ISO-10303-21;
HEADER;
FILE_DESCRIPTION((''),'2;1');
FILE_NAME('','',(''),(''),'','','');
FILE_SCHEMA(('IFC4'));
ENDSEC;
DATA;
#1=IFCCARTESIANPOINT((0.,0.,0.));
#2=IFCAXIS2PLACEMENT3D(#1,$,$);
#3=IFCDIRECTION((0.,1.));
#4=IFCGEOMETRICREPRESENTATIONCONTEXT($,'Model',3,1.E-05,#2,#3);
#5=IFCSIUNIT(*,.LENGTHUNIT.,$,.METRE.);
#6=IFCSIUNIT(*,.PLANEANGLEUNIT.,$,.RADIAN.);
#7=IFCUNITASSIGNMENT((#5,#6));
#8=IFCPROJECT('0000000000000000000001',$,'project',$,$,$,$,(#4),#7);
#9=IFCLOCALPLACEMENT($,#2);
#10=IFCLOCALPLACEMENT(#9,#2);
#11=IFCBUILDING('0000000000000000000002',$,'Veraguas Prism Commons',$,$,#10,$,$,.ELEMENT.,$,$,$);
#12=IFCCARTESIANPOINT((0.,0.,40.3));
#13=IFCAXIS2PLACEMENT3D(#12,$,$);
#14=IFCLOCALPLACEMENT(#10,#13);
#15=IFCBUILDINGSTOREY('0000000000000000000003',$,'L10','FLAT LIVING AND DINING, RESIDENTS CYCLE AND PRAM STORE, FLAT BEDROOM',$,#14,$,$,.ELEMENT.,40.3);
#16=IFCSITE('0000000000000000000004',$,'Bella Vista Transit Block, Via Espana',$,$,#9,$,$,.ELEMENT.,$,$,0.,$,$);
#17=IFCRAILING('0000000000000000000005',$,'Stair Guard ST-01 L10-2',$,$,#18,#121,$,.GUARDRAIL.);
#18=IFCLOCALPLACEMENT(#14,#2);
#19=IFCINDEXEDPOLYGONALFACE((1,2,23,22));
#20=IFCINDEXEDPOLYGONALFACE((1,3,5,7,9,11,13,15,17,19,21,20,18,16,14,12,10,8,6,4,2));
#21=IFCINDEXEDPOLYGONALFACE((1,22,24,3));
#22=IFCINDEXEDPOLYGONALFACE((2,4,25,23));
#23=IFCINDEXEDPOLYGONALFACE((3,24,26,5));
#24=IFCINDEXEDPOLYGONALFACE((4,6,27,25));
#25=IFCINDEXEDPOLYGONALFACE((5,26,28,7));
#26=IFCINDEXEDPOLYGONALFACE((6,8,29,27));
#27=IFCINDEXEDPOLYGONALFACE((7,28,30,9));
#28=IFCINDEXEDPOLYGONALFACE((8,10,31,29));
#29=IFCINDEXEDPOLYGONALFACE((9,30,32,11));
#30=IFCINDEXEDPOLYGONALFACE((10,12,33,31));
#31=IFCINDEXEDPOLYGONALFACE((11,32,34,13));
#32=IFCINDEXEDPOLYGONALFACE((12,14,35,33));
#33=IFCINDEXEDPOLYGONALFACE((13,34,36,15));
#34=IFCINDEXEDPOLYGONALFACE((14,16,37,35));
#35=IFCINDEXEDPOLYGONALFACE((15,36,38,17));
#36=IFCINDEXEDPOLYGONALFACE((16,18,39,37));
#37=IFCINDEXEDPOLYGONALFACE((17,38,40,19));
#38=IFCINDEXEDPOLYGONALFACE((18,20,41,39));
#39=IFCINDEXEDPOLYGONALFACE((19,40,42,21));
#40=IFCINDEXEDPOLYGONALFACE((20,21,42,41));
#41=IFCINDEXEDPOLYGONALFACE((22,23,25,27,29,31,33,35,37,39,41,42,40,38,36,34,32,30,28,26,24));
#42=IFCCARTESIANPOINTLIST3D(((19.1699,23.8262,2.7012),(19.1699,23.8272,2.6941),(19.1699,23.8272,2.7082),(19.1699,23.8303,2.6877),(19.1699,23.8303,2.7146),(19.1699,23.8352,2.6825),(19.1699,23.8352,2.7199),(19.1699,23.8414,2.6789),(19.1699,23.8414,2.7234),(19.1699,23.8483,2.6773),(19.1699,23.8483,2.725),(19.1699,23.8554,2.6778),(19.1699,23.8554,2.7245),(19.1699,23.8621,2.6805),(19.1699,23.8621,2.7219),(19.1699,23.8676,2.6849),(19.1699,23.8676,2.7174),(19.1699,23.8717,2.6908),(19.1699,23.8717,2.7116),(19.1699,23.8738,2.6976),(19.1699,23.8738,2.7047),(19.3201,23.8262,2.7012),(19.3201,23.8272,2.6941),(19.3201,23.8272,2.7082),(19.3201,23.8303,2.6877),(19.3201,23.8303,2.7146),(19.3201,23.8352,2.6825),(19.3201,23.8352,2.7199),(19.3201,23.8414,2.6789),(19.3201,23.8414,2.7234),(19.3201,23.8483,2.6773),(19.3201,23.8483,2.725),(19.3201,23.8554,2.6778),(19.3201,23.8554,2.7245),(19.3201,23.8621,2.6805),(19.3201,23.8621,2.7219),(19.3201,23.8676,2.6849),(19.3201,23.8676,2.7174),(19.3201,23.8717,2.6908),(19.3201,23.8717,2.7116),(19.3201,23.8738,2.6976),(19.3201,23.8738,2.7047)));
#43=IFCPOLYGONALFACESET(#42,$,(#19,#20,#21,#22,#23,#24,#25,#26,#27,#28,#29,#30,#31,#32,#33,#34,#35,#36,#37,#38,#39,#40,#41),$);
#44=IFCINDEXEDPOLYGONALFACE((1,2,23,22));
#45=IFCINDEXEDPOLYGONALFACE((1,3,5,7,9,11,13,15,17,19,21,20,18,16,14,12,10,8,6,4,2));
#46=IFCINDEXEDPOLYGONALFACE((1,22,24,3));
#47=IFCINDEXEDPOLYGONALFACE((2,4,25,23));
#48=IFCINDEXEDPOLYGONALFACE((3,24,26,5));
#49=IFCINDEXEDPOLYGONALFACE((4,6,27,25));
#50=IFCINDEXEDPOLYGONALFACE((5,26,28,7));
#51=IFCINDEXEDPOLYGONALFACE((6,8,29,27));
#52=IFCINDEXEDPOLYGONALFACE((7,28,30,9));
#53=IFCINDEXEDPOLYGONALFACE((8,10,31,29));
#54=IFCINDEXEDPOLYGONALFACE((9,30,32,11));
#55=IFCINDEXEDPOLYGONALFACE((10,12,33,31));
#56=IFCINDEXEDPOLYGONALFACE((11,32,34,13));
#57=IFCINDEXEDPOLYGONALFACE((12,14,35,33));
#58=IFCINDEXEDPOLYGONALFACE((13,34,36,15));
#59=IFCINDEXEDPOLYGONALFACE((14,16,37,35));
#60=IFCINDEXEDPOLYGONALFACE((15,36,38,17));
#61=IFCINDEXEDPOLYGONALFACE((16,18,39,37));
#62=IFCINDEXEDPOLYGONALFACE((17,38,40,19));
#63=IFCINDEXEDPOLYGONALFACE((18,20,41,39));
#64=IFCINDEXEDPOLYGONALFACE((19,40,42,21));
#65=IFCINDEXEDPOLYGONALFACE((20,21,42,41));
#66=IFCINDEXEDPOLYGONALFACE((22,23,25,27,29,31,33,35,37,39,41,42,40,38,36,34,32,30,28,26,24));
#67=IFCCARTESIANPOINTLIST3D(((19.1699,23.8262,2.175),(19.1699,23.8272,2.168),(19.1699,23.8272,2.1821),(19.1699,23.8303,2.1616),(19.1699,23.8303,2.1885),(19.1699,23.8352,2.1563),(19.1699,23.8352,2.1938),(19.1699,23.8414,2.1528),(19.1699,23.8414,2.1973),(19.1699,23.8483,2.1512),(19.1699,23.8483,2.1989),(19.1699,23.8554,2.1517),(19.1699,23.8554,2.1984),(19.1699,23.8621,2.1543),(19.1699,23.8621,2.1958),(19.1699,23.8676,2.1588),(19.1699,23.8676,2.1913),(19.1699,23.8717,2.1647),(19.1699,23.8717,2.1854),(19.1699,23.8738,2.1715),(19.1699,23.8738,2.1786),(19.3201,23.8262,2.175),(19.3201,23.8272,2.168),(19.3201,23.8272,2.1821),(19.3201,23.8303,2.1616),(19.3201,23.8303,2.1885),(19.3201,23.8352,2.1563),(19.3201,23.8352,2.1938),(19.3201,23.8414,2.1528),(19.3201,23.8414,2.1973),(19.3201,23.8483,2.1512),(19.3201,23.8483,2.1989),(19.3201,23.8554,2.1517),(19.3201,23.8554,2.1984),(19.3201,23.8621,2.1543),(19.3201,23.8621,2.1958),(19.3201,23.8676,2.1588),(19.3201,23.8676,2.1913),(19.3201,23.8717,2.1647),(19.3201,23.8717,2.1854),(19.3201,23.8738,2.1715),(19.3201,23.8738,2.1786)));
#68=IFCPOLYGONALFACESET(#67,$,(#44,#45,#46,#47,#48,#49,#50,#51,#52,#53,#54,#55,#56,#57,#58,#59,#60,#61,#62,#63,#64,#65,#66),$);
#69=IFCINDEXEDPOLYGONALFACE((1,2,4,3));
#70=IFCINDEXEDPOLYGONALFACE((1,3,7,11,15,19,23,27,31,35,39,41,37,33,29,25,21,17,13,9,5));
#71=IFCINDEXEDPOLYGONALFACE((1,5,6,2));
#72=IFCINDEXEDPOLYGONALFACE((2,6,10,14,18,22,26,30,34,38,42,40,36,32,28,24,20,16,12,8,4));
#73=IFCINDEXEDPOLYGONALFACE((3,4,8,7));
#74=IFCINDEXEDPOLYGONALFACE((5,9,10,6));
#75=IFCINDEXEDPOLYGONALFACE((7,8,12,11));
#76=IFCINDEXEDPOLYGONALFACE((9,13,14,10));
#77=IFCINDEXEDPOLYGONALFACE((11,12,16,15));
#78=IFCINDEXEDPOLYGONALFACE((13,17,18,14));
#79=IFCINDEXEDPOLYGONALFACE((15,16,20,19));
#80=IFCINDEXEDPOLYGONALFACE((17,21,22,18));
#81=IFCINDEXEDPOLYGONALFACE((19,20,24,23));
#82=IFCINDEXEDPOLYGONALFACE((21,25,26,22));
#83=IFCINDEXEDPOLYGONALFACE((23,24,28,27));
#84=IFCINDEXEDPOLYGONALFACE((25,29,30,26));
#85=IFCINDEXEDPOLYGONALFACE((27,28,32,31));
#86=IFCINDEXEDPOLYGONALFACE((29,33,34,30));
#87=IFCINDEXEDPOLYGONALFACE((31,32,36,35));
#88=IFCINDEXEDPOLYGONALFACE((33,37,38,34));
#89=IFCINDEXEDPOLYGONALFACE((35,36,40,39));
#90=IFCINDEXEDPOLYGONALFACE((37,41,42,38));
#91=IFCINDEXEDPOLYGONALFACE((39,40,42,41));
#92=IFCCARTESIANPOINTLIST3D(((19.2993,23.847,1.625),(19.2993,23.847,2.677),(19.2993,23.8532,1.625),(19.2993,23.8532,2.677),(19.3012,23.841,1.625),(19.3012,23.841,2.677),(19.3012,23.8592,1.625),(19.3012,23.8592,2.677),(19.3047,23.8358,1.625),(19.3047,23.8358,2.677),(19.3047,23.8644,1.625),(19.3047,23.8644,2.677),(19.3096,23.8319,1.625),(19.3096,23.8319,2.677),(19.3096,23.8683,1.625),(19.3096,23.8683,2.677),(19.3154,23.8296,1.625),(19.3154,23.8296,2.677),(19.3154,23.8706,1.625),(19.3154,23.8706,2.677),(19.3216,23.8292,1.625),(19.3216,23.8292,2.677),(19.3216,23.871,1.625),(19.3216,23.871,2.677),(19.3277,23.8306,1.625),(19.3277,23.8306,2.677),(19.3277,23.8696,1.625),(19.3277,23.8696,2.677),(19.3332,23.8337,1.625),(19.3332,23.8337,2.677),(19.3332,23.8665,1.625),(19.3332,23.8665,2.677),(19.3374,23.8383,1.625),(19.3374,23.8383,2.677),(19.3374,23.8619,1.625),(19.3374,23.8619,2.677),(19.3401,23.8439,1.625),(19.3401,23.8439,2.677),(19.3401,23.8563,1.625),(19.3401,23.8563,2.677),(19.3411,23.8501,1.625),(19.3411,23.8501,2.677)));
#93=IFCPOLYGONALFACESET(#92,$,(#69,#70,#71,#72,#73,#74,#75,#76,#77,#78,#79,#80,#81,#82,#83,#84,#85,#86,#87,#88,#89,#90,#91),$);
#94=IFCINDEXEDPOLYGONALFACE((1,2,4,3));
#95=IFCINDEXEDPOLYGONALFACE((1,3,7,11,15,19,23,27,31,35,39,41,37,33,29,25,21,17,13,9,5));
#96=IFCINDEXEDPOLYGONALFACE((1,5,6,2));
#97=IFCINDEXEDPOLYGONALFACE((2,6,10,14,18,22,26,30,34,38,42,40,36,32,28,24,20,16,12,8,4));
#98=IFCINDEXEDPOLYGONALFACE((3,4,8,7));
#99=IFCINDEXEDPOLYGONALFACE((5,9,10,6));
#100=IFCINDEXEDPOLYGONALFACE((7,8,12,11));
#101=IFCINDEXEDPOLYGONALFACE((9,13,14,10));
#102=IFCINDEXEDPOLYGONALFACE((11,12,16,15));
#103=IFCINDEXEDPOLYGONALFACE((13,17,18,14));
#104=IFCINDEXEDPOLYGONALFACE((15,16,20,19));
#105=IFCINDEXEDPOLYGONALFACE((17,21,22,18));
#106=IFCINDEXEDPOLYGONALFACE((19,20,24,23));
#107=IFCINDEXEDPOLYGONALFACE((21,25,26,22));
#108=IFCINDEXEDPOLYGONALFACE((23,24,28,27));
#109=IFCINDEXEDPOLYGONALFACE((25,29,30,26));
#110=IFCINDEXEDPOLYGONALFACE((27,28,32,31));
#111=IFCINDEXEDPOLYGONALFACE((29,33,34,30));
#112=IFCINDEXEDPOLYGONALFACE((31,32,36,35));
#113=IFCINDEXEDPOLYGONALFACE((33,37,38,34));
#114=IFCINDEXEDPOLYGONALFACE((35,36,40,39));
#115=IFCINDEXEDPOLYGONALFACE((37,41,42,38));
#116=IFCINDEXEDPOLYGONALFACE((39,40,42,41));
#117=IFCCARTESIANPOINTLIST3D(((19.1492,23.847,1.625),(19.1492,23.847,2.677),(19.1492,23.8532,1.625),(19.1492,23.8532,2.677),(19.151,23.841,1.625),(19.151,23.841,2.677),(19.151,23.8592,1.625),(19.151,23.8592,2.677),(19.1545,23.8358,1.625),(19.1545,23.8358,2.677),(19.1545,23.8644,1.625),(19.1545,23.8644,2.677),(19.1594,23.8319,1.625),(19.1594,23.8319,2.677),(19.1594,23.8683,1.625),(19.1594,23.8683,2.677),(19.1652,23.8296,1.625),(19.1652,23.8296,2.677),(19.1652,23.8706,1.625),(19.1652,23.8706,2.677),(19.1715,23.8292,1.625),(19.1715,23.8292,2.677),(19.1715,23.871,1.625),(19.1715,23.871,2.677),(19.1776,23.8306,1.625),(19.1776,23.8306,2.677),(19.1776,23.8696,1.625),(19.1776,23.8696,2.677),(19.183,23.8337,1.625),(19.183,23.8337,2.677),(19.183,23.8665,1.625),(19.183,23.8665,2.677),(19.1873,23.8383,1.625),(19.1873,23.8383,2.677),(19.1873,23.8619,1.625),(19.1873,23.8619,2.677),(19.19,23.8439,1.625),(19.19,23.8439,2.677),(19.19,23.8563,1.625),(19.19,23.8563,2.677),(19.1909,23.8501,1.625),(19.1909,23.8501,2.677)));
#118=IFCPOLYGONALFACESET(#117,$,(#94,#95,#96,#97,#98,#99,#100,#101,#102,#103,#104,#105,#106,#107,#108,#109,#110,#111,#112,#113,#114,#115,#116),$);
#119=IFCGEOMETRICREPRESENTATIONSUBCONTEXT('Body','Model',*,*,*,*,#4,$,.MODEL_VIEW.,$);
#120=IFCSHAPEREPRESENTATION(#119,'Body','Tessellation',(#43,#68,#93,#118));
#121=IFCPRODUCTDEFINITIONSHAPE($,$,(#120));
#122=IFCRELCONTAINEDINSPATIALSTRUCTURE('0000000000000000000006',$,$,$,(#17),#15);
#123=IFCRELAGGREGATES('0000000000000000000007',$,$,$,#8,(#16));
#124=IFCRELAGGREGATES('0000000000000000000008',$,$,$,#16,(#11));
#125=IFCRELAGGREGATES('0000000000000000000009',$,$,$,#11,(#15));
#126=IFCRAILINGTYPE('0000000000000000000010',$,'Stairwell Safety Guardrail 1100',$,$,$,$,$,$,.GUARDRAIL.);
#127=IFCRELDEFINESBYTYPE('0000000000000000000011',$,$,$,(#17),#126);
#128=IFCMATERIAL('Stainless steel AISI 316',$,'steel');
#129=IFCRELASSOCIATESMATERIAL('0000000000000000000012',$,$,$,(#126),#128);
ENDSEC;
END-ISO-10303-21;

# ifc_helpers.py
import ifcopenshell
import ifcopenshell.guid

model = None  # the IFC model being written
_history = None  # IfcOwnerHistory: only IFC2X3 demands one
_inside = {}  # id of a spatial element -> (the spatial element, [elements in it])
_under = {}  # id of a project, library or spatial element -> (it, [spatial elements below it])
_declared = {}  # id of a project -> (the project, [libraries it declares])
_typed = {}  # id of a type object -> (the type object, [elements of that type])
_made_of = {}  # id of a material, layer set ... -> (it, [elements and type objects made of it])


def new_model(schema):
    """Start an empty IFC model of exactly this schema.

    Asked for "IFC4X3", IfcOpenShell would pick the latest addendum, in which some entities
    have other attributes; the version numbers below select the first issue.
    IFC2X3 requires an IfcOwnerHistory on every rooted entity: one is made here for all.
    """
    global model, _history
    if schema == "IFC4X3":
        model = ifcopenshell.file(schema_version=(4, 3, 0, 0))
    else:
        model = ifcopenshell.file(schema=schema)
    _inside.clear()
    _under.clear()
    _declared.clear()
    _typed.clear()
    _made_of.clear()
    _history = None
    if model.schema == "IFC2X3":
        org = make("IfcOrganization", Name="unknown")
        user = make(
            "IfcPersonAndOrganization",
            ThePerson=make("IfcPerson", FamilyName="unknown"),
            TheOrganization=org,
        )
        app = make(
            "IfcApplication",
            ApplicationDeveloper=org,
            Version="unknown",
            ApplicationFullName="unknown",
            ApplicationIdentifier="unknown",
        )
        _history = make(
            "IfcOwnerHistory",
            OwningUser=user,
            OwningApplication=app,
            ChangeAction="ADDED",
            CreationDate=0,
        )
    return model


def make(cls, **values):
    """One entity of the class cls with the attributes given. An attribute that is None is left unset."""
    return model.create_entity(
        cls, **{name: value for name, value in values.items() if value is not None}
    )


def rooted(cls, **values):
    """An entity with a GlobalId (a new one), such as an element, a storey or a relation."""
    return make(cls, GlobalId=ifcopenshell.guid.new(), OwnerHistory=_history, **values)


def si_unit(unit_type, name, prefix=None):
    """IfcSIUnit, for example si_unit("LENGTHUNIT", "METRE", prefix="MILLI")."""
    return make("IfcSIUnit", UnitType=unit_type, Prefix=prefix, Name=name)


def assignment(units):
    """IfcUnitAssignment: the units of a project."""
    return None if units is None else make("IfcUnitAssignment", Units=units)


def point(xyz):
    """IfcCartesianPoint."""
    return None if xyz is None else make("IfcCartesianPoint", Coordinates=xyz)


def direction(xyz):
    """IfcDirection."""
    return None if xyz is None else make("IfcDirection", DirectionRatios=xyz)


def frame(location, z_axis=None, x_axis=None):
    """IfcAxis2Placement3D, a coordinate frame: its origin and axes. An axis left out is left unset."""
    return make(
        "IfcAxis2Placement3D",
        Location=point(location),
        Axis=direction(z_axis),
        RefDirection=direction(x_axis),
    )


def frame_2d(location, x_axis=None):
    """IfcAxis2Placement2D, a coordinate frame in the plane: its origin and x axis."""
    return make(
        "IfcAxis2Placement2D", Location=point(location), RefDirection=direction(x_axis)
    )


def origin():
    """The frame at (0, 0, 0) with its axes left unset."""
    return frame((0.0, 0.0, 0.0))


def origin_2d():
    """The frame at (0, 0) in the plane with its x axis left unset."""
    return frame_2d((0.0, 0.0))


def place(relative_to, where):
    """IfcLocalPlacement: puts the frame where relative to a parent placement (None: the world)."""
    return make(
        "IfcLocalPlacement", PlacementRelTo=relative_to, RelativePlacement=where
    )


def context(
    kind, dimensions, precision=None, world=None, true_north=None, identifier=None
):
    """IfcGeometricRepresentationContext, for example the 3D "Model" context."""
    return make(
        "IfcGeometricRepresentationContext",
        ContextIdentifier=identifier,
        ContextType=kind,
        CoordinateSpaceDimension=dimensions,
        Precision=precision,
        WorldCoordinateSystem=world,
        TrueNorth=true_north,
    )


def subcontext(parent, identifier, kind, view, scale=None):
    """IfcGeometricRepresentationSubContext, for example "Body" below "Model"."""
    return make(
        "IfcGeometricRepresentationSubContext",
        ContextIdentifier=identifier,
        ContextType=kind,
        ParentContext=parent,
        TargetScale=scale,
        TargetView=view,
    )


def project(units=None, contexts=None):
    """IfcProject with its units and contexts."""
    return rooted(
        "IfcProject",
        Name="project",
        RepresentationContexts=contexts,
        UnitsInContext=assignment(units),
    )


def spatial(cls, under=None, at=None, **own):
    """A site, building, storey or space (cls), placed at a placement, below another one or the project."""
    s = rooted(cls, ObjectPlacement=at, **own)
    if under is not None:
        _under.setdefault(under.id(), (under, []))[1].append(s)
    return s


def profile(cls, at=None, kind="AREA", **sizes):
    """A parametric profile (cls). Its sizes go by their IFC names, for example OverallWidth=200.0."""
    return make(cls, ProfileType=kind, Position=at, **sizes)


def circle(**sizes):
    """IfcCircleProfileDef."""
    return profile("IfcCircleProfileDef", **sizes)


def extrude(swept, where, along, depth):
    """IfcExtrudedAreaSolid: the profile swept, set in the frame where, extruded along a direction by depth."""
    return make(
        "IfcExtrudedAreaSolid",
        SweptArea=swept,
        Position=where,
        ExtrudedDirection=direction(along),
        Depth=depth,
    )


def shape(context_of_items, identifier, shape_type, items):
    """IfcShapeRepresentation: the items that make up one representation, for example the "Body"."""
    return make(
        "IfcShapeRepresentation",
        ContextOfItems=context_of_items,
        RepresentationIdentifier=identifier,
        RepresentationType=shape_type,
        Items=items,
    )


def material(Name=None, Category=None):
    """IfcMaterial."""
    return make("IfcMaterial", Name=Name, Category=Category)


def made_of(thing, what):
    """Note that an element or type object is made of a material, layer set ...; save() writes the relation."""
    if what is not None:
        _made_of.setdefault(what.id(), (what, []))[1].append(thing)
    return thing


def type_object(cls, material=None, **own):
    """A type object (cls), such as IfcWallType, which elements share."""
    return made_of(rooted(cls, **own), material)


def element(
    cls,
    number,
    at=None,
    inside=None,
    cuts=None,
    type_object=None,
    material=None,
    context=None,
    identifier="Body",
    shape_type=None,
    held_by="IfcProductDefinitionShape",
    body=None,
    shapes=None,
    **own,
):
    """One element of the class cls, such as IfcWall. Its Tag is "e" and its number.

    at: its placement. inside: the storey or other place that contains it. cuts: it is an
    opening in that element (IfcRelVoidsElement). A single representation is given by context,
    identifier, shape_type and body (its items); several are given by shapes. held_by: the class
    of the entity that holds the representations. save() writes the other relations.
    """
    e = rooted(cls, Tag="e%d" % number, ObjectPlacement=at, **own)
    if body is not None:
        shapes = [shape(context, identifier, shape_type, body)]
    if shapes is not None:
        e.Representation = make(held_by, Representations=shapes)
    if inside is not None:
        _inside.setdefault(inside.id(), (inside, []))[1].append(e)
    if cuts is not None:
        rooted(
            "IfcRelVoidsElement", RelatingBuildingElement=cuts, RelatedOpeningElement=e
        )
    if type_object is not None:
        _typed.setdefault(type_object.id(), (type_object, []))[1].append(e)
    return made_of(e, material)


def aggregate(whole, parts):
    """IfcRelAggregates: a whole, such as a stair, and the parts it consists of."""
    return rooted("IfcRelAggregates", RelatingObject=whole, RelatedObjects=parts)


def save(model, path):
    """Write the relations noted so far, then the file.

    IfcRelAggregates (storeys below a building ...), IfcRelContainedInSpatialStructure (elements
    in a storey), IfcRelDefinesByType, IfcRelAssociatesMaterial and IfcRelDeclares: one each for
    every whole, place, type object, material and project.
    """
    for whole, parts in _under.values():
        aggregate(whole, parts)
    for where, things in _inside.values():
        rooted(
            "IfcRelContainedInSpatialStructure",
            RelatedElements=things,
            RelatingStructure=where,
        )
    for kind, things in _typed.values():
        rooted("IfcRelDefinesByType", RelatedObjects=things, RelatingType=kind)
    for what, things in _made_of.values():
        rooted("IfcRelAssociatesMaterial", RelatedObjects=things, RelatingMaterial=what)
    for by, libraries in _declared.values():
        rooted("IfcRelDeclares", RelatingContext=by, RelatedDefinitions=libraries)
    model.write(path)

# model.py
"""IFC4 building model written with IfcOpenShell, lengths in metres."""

from ifc_helpers import new_model, si_unit, direction, frame, origin, origin_2d, place, context, subcontext, project, spatial, circle, extrude, material, type_object, element, save


model = new_model("IFC4")

# Units and contexts
model_context = context("Model", 3, precision=1e-05, world=origin(), true_north=direction((0.0, 1.0)))
body_context = subcontext(model_context, "Body", "Model", "MODEL_VIEW")
ifc_project = project(units=[si_unit("LENGTHUNIT", "METRE"), si_unit("PLANEANGLEUNIT", "RADIAN")], contexts=[model_context])

# Site, building, storey
site_placement = place(None, origin())
site = spatial("IfcSite", under=ifc_project, at=site_placement, Name="Bella Vista Transit Block, Via Espana", CompositionType="ELEMENT", RefElevation=0.0)
building_placement = place(site_placement, origin())
building = spatial("IfcBuilding", under=site, at=building_placement, Name="Veraguas Prism Commons", CompositionType="ELEMENT")
storey_placement = place(building_placement, frame((0.0, 0.0, 40.3)))
storey = spatial("IfcBuildingStorey", under=building, at=storey_placement, Name="L10", Description="FLAT LIVING AND DINING, RESIDENTS CYCLE AND PRAM STORE, FLAT BEDROOM", CompositionType="ELEMENT", Elevation=40.3)

# Railing
ifc_material_1 = material(Name="Stainless steel AISI 316", Category="steel")
railing_type_1 = type_object("IfcRailingType", Name="Stairwell Safety Guardrail 1100", PredefinedType="GUARDRAIL", material=ifc_material_1)
railing_1_placement = place(storey_placement, frame((19.3201, 23.8501, 1.625)))
element("IfcRailing", 1, at=railing_1_placement, inside=storey, type_object=railing_type_1, Name="Stair Guard ST-01 L10-2", PredefinedType="GUARDRAIL", context=body_context, shape_type="SweptSolid", body=[
    extrude(circle(Radius=0.0239, at=origin_2d()), frame((0.0, 0.0, 1.0762), z_axis=(-1.0, 0.0, 0.0), x_axis=(0.0, -1.0, 0.0)), (0.0, 0.0, 1.0), 0.1501),
    extrude(circle(Radius=0.0239, at=origin_2d()), frame((0.0, 0.0, 0.55), z_axis=(-1.0, 0.0, 0.0), x_axis=(0.0, -1.0, 0.0)), (0.0, 0.0, 1.0), 0.1501),
    extrude(circle(Radius=0.021, at=origin_2d()), origin(), (0.0, 0.0, 1.0), 1.052),
    extrude(circle(Radius=0.021, at=origin_2d()), frame((-0.1501, 0.0, 0.0)), (0.0, 0.0, 1.0), 1.052),
])

save(model, "model.ifc")
